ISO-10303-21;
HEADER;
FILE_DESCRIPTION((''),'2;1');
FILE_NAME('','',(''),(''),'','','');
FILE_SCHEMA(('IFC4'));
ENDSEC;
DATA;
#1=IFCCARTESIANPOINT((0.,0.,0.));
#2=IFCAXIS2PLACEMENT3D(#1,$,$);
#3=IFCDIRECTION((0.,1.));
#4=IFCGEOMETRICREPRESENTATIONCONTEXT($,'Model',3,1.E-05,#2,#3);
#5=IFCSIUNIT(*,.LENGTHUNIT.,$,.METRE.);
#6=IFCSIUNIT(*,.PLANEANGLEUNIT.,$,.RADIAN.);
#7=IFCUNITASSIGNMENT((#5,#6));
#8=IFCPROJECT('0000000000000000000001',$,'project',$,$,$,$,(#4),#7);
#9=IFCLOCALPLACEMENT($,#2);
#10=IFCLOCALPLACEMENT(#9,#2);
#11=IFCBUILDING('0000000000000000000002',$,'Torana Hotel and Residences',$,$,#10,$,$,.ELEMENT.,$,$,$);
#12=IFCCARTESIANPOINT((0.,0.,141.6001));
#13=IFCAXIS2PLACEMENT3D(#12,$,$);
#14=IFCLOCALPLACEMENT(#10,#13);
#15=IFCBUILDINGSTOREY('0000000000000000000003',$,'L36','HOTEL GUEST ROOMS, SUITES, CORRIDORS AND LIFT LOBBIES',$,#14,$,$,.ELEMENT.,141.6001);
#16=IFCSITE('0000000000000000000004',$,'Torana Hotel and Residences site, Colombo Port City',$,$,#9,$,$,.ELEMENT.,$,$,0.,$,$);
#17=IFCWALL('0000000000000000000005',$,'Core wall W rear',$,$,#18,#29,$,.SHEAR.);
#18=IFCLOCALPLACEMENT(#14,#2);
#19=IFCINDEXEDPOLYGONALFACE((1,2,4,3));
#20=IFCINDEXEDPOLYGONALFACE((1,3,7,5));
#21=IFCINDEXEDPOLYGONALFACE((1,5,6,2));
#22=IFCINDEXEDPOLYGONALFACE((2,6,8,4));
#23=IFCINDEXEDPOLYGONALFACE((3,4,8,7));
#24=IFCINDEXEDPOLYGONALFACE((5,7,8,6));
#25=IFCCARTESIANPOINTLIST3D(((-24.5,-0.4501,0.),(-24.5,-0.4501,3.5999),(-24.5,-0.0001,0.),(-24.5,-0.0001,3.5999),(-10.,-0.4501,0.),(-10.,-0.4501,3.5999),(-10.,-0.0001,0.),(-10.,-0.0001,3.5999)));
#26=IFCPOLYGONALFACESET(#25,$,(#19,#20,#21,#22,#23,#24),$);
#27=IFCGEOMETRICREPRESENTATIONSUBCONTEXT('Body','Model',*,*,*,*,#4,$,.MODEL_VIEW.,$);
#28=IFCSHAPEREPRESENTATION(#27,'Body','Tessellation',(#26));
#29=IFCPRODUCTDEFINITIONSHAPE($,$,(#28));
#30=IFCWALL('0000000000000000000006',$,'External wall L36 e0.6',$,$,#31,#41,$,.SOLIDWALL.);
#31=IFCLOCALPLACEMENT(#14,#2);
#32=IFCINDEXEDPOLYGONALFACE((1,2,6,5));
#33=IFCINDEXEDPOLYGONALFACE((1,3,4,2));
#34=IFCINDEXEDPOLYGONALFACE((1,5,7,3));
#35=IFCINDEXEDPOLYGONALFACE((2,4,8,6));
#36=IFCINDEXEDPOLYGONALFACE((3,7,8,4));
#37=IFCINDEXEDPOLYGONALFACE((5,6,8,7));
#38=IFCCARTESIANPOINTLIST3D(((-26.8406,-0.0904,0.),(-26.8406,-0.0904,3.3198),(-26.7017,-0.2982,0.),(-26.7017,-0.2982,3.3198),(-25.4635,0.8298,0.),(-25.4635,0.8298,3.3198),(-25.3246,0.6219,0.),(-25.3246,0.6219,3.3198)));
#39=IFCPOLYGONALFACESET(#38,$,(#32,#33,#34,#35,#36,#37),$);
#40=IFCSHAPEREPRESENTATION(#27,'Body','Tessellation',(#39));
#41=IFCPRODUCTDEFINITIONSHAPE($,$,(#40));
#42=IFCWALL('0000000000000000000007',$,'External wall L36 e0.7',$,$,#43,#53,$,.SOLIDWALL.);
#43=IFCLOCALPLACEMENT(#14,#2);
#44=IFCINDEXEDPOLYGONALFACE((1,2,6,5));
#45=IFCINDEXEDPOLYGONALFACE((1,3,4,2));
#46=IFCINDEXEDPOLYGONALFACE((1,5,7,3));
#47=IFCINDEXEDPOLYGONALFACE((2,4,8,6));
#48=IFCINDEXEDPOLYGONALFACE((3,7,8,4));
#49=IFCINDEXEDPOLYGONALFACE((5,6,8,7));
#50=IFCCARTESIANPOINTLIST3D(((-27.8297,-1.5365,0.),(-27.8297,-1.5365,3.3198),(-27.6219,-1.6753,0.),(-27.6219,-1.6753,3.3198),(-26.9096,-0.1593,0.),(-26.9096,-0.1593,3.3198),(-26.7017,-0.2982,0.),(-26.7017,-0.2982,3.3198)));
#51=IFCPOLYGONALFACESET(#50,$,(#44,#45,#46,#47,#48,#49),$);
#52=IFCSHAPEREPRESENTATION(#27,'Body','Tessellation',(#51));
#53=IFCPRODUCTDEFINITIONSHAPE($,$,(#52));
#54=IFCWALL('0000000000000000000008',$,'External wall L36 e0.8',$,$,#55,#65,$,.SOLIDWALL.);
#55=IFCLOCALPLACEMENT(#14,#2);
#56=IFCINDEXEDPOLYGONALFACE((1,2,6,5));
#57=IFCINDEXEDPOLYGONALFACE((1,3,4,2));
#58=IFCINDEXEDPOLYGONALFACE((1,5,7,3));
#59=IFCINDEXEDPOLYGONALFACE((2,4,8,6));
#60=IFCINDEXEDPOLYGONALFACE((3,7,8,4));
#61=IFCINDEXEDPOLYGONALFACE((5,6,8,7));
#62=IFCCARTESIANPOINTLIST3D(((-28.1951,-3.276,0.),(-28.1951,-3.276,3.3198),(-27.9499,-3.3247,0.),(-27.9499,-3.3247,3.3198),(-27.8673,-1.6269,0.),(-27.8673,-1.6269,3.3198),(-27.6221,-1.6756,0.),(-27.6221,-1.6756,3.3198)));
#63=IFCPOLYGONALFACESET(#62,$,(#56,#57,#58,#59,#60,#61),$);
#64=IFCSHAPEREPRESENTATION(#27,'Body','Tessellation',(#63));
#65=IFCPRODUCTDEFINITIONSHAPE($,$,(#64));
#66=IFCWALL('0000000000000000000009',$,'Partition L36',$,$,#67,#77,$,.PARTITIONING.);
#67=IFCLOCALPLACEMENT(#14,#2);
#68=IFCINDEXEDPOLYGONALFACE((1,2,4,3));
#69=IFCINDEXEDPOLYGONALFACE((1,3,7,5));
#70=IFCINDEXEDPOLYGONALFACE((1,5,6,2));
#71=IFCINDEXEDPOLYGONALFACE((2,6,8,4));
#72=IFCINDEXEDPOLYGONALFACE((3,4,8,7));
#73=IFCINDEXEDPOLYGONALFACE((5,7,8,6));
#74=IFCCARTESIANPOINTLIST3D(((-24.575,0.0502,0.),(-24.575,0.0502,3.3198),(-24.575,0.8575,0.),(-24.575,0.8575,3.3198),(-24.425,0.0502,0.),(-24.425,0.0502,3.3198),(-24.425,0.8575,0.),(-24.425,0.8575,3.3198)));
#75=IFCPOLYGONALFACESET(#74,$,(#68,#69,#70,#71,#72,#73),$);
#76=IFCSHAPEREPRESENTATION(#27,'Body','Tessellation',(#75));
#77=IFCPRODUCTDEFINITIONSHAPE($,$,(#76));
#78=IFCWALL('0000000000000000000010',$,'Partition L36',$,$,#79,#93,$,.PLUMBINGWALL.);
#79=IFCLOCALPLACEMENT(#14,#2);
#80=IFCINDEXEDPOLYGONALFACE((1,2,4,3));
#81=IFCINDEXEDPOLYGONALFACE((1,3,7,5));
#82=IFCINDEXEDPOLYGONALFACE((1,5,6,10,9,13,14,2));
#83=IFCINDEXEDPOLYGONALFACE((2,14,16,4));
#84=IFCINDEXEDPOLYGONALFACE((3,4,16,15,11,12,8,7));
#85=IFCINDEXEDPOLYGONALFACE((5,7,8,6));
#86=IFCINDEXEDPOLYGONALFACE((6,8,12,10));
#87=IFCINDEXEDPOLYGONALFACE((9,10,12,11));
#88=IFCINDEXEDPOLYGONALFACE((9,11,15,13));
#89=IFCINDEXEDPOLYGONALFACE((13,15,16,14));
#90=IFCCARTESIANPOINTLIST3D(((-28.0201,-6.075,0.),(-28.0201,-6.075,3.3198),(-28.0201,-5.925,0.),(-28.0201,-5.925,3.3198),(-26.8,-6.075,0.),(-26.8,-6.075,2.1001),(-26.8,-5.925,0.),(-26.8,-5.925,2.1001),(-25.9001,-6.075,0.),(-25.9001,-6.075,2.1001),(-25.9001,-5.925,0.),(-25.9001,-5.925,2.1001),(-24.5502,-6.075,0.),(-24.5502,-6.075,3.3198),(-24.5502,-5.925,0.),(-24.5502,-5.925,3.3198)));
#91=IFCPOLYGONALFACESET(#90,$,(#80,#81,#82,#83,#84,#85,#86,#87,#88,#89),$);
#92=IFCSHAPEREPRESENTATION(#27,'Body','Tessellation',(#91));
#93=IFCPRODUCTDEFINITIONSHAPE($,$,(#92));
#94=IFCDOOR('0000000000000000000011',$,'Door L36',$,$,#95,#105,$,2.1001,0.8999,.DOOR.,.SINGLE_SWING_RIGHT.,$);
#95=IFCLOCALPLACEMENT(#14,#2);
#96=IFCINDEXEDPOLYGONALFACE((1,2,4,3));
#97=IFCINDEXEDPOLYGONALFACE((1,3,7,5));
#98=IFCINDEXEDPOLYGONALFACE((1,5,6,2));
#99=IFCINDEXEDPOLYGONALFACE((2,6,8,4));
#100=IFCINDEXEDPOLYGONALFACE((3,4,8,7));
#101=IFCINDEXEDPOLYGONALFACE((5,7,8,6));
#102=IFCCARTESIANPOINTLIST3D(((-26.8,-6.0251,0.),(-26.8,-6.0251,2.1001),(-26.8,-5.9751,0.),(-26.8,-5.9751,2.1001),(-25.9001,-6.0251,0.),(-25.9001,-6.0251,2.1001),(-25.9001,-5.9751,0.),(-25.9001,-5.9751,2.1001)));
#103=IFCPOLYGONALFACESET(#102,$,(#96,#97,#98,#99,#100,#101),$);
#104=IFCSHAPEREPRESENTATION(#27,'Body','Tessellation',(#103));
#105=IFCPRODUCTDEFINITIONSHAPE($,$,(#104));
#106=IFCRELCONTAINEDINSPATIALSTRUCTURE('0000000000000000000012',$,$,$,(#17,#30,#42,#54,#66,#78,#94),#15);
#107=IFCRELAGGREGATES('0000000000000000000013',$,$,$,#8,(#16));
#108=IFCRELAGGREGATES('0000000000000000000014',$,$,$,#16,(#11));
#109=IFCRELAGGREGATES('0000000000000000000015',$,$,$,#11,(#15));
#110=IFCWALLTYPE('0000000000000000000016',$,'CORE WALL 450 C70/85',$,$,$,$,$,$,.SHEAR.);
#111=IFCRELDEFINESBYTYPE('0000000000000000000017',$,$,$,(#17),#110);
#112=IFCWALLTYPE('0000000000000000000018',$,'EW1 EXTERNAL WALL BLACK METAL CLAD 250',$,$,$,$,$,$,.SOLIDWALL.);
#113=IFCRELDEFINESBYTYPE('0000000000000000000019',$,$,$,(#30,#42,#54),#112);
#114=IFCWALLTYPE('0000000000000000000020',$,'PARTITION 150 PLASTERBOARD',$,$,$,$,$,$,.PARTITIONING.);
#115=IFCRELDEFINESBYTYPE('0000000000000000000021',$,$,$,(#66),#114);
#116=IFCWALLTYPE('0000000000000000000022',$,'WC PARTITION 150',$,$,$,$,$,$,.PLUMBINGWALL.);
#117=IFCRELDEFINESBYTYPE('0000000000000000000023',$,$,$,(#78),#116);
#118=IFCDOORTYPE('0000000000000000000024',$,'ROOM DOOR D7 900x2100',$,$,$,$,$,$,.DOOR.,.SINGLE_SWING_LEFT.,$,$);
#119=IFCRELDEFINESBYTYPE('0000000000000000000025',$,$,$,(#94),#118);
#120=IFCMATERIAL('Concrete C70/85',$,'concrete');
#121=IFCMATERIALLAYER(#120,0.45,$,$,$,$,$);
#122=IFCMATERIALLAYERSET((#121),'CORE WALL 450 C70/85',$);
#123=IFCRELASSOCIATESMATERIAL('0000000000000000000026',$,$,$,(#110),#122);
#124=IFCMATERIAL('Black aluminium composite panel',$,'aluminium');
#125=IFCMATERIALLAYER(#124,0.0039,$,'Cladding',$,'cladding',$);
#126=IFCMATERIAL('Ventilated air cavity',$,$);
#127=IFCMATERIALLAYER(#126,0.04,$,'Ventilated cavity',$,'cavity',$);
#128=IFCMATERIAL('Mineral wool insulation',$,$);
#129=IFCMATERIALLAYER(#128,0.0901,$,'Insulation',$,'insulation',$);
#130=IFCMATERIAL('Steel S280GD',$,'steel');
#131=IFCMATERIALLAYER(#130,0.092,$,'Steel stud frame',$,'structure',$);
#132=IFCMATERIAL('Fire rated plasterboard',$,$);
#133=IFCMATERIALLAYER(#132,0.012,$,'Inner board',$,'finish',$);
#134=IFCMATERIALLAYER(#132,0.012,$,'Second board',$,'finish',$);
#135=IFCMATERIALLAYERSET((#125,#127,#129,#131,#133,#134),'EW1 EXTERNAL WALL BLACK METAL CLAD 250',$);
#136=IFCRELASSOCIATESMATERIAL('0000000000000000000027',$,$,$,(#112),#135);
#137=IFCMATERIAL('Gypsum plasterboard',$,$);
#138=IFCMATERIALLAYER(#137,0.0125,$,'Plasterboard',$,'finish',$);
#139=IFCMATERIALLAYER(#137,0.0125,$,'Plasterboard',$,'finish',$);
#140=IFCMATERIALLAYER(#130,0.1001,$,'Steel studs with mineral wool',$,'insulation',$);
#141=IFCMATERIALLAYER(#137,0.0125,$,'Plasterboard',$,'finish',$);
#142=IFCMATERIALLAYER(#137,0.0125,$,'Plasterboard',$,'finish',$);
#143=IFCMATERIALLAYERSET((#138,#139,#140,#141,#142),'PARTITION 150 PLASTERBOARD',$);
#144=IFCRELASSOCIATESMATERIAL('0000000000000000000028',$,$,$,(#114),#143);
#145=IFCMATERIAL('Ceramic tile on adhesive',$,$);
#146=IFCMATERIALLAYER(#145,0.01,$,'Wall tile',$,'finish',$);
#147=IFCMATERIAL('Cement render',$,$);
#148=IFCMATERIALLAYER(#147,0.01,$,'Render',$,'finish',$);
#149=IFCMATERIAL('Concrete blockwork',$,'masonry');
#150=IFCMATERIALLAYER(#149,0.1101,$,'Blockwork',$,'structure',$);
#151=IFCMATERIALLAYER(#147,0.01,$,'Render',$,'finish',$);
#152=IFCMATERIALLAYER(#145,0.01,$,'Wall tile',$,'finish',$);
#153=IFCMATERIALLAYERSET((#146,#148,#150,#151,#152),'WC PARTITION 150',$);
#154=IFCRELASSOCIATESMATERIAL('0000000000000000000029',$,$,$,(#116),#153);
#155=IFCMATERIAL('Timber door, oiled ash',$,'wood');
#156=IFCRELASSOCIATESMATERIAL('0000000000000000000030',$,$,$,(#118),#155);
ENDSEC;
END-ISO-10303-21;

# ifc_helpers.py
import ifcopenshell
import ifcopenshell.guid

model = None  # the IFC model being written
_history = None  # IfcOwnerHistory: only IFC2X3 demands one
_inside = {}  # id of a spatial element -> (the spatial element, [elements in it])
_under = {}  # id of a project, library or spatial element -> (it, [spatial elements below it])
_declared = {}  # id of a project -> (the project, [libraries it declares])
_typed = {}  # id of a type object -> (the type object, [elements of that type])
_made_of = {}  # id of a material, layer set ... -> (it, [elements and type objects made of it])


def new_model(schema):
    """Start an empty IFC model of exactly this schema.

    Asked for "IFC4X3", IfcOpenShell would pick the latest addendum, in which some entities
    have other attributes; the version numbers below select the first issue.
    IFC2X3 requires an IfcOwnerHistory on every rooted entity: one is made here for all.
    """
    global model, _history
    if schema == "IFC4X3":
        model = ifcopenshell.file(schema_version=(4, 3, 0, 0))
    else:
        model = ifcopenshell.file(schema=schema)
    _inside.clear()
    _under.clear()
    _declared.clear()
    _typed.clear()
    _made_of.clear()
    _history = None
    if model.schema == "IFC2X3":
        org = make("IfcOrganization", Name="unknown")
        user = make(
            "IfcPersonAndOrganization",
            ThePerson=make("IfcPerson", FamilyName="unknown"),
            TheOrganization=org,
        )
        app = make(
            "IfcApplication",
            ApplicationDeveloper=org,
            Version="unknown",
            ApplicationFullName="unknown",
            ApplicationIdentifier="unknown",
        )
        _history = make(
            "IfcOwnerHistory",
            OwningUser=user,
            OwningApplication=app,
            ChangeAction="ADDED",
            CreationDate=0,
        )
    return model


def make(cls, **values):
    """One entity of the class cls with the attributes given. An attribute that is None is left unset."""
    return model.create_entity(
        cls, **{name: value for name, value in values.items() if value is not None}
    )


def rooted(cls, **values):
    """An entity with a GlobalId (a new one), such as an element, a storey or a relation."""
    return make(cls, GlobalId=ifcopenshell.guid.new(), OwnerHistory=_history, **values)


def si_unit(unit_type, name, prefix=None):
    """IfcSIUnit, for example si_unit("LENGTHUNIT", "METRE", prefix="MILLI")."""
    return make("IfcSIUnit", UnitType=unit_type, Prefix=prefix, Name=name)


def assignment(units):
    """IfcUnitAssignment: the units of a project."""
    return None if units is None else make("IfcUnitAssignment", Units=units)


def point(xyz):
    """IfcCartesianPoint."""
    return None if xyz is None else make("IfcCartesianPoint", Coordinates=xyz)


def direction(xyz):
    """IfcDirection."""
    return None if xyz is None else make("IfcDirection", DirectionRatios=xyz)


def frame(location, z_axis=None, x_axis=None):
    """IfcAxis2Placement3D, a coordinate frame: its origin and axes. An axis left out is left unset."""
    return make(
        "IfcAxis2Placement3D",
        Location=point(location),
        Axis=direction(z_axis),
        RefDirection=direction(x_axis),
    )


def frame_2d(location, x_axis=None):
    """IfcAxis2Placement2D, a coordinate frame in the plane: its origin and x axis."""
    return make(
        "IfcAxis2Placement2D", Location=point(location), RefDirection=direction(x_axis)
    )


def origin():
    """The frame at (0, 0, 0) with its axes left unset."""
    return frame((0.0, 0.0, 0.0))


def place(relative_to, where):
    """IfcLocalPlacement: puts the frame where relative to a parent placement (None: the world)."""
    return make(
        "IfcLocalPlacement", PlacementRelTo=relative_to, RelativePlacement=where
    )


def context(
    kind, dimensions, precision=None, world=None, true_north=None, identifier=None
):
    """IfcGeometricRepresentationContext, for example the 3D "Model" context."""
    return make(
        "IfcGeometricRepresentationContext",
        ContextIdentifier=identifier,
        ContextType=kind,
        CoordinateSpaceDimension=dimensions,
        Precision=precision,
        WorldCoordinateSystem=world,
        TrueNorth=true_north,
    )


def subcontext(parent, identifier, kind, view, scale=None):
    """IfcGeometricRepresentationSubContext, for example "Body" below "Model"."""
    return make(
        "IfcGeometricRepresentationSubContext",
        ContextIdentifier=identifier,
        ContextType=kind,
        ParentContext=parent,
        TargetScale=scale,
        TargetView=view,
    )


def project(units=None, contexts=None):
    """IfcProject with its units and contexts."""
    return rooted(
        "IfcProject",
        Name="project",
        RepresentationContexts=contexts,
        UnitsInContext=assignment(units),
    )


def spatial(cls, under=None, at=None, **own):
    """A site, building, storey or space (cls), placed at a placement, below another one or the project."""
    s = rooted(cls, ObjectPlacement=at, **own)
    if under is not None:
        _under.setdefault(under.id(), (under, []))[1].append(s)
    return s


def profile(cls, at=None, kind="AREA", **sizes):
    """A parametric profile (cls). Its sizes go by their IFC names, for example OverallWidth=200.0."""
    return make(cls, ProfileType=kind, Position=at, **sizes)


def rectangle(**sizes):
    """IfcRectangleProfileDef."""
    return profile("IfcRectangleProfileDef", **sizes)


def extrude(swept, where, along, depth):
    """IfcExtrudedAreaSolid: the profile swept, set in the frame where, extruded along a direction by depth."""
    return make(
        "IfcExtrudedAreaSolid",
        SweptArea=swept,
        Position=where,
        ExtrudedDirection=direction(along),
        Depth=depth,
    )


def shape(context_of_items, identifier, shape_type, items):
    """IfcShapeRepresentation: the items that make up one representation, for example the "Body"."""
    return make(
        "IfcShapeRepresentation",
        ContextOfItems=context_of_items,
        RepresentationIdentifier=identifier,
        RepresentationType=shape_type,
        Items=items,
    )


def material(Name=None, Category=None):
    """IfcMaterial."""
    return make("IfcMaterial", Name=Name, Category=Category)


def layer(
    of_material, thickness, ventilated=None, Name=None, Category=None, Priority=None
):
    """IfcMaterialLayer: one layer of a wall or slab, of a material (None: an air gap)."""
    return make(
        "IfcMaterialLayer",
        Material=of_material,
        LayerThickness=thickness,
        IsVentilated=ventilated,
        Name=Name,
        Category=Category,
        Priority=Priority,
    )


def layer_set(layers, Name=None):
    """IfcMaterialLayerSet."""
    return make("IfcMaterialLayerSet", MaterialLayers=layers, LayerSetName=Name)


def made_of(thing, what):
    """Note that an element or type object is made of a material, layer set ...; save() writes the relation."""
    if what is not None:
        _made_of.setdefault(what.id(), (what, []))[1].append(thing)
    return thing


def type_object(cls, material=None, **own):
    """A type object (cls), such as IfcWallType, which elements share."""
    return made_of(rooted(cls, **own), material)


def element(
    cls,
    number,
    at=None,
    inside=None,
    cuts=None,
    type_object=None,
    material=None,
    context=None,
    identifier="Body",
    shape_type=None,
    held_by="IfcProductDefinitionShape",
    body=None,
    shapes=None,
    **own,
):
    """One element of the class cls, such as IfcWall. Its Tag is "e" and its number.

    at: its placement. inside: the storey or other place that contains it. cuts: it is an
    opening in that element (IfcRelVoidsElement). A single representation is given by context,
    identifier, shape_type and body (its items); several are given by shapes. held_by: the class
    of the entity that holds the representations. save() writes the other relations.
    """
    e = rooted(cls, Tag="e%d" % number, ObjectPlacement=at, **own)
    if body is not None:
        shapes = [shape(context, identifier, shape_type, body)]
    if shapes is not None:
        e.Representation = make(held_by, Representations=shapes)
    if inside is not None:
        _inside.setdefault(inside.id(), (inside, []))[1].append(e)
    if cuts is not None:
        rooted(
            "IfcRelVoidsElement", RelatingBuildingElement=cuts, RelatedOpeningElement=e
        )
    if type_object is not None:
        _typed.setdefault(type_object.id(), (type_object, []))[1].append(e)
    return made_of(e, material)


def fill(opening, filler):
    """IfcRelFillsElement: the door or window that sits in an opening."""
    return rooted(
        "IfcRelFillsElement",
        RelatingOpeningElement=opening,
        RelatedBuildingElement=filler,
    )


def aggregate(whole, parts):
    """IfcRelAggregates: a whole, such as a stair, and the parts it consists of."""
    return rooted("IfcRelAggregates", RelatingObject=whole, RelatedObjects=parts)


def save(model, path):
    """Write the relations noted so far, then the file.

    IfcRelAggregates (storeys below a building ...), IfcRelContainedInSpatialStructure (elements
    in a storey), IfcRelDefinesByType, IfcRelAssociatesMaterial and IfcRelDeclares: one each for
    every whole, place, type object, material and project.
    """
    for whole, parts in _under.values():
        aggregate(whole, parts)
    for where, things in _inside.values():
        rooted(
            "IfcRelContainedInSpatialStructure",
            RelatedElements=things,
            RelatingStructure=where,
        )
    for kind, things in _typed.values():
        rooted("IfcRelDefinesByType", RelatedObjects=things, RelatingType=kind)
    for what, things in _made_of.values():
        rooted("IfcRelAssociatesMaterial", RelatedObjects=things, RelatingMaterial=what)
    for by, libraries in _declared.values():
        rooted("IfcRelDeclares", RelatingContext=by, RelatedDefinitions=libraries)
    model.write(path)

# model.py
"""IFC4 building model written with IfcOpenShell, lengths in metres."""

from ifc_helpers import new_model, si_unit, direction, frame, frame_2d, origin, place, context, subcontext, project, spatial, rectangle, extrude, material, layer, layer_set, type_object, element, fill, save


model = new_model("IFC4")

# Units and contexts
model_context = context("Model", 3, precision=1e-05, world=origin(), true_north=direction((0.0, 1.0)))
body_context = subcontext(model_context, "Body", "Model", "MODEL_VIEW")
ifc_project = project(units=[si_unit("LENGTHUNIT", "METRE"), si_unit("PLANEANGLEUNIT", "RADIAN")], contexts=[model_context])

# Site, building, storey
site_placement = place(None, origin())
site = spatial("IfcSite", under=ifc_project, at=site_placement, Name="Torana Hotel and Residences site, Colombo Port City", CompositionType="ELEMENT", RefElevation=0.0)
building_placement = place(site_placement, origin())
building = spatial("IfcBuilding", under=site, at=building_placement, Name="Torana Hotel and Residences", CompositionType="ELEMENT")
storey_placement = place(building_placement, frame((0.0, 0.0, 141.6001)))
storey = spatial("IfcBuildingStorey", under=building, at=storey_placement, Name="L36", Description="HOTEL GUEST ROOMS, SUITES, CORRIDORS AND LIFT LOBBIES", CompositionType="ELEMENT", Elevation=141.6001)

# Walls
ifc_material_1 = material(Name="Concrete C70/85", Category="concrete")
ifc_layer_1 = layer(ifc_material_1, 0.45)
ifc_layer_set_1 = layer_set([ifc_layer_1], Name="CORE WALL 450 C70/85")
wall_type_1 = type_object("IfcWallType", Name="CORE WALL 450 C70/85", PredefinedType="SHEAR", material=ifc_layer_set_1)
wall_1_placement = place(storey_placement, frame((-24.5, -0.2251, 0.0), z_axis=(0.0, 0.0, 1.0), x_axis=(1.0, 0.0, 0.0)))
element("IfcWall", 1, at=wall_1_placement, inside=storey, type_object=wall_type_1, Name="Core wall W rear", PredefinedType="SHEAR", context=body_context, shape_type="SweptSolid", body=[
    extrude(rectangle(XDim=14.5, YDim=0.45, at=frame_2d((7.25, 0.0))), origin(), (0.0, 0.0, 1.0), 3.5999),
])
ifc_material_2 = material(Name="Black aluminium composite panel", Category="aluminium")
ifc_layer_2 = layer(ifc_material_2, 0.0039, Name="Cladding", Category="cladding")
ifc_material_3 = material(Name="Ventilated air cavity")
ifc_layer_3 = layer(ifc_material_3, 0.04, Name="Ventilated cavity", Category="cavity")
ifc_material_4 = material(Name="Mineral wool insulation")
ifc_layer_4 = layer(ifc_material_4, 0.0901, Name="Insulation", Category="insulation")
ifc_material_5 = material(Name="Steel S280GD", Category="steel")
ifc_layer_5 = layer(ifc_material_5, 0.092, Name="Steel stud frame", Category="structure")
ifc_material_6 = material(Name="Fire rated plasterboard")
ifc_layer_6 = layer(ifc_material_6, 0.012, Name="Inner board", Category="finish")
ifc_layer_7 = layer(ifc_material_6, 0.012, Name="Second board", Category="finish")
ifc_layer_set_2 = layer_set([ifc_layer_2, ifc_layer_3, ifc_layer_4, ifc_layer_5, ifc_layer_6, ifc_layer_7], Name="EW1 EXTERNAL WALL BLACK METAL CLAD 250")
wall_type_2 = type_object("IfcWallType", Name="EW1 EXTERNAL WALL BLACK METAL CLAD 250", PredefinedType="SOLIDWALL", material=ifc_layer_set_2)
for number, where, z_axis, x_axis, name in (
    (2, (-25.394, 0.7258, 0.0), (0.0, 0.0, 1.0), (-0.831483, -0.55555, 0.0), "External wall L36 e0.6"),
    (3, (-26.8057, -0.2288, 0.0), (0.0, 0.0, 1.0), (-0.55555, -0.831483, 0.0), "External wall L36 e0.7"),
):
    element("IfcWall", number, at=place(storey_placement, frame(where, z_axis=z_axis, x_axis=x_axis)), inside=storey, type_object=wall_type_2, Name=name, PredefinedType="SOLIDWALL", context=body_context, shape_type="SweptSolid", body=[
        extrude(rectangle(XDim=1.6562, YDim=0.25, at=frame_2d((0.8281, 0.0))), origin(), (0.0, 0.0, 1.0), 3.3198),
    ])
wall_2_placement = place(storey_placement, frame((-27.7446, -1.6511, 0.0), z_axis=(0.0, 0.0, 1.0), x_axis=(-0.194999, -0.980803, 0.0)))
element("IfcWall", 4, at=wall_2_placement, inside=storey, type_object=wall_type_2, Name="External wall L36 e0.8", PredefinedType="SOLIDWALL", context=body_context, shape_type="SweptSolid", body=[
    extrude(rectangle(XDim=1.6814, YDim=0.25, at=frame_2d((0.8408, 0.0))), origin(), (0.0, 0.0, 1.0), 3.3198),
])

# Wall
ifc_material_7 = material(Name="Gypsum plasterboard")
ifc_layer_8 = layer(ifc_material_7, 0.0125, Name="Plasterboard", Category="finish")
ifc_layer_9 = layer(ifc_material_7, 0.0125, Name="Plasterboard", Category="finish")
ifc_layer_10 = layer(ifc_material_5, 0.1001, Name="Steel studs with mineral wool", Category="insulation")
ifc_layer_11 = layer(ifc_material_7, 0.0125, Name="Plasterboard", Category="finish")
ifc_layer_12 = layer(ifc_material_7, 0.0125, Name="Plasterboard", Category="finish")
ifc_layer_set_3 = layer_set([ifc_layer_8, ifc_layer_9, ifc_layer_10, ifc_layer_11, ifc_layer_12], Name="PARTITION 150 PLASTERBOARD")
wall_type_3 = type_object("IfcWallType", Name="PARTITION 150 PLASTERBOARD", PredefinedType="PARTITIONING", material=ifc_layer_set_3)
wall_3_placement = place(storey_placement, frame((-24.5, 0.05, 0.0), z_axis=(0.0, 0.0, 1.0), x_axis=(0.0, 1.0, 0.0)))
element("IfcWall", 5, at=wall_3_placement, inside=storey, type_object=wall_type_3, Name="Partition L36", PredefinedType="PARTITIONING", context=body_context, shape_type="SweptSolid", body=[
    extrude(rectangle(XDim=0.8074, YDim=0.1499, at=frame_2d((0.4038, 0.0))), origin(), (0.0, 0.0, 1.0), 3.3198),
])

# Wall, opening, door
ifc_material_8 = material(Name="Ceramic tile on adhesive")
ifc_layer_13 = layer(ifc_material_8, 0.01, Name="Wall tile", Category="finish")
ifc_material_9 = material(Name="Cement render")
ifc_layer_14 = layer(ifc_material_9, 0.01, Name="Render", Category="finish")
ifc_material_10 = material(Name="Concrete blockwork", Category="masonry")
ifc_layer_15 = layer(ifc_material_10, 0.1101, Name="Blockwork", Category="structure")
ifc_layer_16 = layer(ifc_material_9, 0.01, Name="Render", Category="finish")
ifc_layer_17 = layer(ifc_material_8, 0.01, Name="Wall tile", Category="finish")
ifc_layer_set_4 = layer_set([ifc_layer_13, ifc_layer_14, ifc_layer_15, ifc_layer_16, ifc_layer_17], Name="WC PARTITION 150")
wall_type_4 = type_object("IfcWallType", Name="WC PARTITION 150", PredefinedType="PLUMBINGWALL", material=ifc_layer_set_4)
wall_4_placement = place(storey_placement, frame((-28.02, -6.0, 0.0), z_axis=(0.0, 0.0, 1.0), x_axis=(1.0, 0.0, 0.0)))
wall_4 = element("IfcWall", 6, at=wall_4_placement, inside=storey, type_object=wall_type_4, Name="Partition L36", PredefinedType="PLUMBINGWALL", context=body_context, shape_type="SweptSolid", body=[
    extrude(rectangle(XDim=3.47, YDim=0.1499, at=frame_2d((1.7349, 0.0))), origin(), (0.0, 0.0, 1.0), 3.3198),
])
opening_1_placement = place(wall_4_placement, frame((1.22, 0.0, 0.0)))
opening_1 = element("IfcOpeningElement", 7, at=opening_1_placement, cuts=wall_4, PredefinedType="OPENING", context=body_context, shape_type="SweptSolid", body=[
    extrude(rectangle(XDim=0.8999, YDim=2.1001, at=frame_2d((0.45, 1.05))), frame((0.0, 0.085, 0.0), z_axis=(0.0, -1.0, 0.0), x_axis=(1.0, 0.0, 0.0)), (0.0, 0.0, 1.0), 0.1699),
])
ifc_material_11 = material(Name="Timber door, oiled ash", Category="wood")
door_type_1 = type_object("IfcDoorType", Name="ROOM DOOR D7 900x2100", OperationType="SINGLE_SWING_LEFT", PredefinedType="DOOR", material=ifc_material_11)
door_1_placement = place(opening_1_placement, origin())
door_1 = element("IfcDoor", 8, at=door_1_placement, inside=storey, type_object=door_type_1, Name="Door L36", OperationType="SINGLE_SWING_RIGHT", OverallHeight=2.1001, OverallWidth=0.8999, PredefinedType="DOOR", context=body_context, shape_type="SweptSolid", body=[
    extrude(rectangle(XDim=0.8999, YDim=2.1001, at=frame_2d((0.45, 1.05))), frame((0.0, 0.0249, 0.0), z_axis=(0.0, -1.0, 0.0), x_axis=(1.0, 0.0, 0.0)), (0.0, 0.0, 1.0), 0.05),
])
fill(opening_1, door_1)

save(model, "model.ifc")
